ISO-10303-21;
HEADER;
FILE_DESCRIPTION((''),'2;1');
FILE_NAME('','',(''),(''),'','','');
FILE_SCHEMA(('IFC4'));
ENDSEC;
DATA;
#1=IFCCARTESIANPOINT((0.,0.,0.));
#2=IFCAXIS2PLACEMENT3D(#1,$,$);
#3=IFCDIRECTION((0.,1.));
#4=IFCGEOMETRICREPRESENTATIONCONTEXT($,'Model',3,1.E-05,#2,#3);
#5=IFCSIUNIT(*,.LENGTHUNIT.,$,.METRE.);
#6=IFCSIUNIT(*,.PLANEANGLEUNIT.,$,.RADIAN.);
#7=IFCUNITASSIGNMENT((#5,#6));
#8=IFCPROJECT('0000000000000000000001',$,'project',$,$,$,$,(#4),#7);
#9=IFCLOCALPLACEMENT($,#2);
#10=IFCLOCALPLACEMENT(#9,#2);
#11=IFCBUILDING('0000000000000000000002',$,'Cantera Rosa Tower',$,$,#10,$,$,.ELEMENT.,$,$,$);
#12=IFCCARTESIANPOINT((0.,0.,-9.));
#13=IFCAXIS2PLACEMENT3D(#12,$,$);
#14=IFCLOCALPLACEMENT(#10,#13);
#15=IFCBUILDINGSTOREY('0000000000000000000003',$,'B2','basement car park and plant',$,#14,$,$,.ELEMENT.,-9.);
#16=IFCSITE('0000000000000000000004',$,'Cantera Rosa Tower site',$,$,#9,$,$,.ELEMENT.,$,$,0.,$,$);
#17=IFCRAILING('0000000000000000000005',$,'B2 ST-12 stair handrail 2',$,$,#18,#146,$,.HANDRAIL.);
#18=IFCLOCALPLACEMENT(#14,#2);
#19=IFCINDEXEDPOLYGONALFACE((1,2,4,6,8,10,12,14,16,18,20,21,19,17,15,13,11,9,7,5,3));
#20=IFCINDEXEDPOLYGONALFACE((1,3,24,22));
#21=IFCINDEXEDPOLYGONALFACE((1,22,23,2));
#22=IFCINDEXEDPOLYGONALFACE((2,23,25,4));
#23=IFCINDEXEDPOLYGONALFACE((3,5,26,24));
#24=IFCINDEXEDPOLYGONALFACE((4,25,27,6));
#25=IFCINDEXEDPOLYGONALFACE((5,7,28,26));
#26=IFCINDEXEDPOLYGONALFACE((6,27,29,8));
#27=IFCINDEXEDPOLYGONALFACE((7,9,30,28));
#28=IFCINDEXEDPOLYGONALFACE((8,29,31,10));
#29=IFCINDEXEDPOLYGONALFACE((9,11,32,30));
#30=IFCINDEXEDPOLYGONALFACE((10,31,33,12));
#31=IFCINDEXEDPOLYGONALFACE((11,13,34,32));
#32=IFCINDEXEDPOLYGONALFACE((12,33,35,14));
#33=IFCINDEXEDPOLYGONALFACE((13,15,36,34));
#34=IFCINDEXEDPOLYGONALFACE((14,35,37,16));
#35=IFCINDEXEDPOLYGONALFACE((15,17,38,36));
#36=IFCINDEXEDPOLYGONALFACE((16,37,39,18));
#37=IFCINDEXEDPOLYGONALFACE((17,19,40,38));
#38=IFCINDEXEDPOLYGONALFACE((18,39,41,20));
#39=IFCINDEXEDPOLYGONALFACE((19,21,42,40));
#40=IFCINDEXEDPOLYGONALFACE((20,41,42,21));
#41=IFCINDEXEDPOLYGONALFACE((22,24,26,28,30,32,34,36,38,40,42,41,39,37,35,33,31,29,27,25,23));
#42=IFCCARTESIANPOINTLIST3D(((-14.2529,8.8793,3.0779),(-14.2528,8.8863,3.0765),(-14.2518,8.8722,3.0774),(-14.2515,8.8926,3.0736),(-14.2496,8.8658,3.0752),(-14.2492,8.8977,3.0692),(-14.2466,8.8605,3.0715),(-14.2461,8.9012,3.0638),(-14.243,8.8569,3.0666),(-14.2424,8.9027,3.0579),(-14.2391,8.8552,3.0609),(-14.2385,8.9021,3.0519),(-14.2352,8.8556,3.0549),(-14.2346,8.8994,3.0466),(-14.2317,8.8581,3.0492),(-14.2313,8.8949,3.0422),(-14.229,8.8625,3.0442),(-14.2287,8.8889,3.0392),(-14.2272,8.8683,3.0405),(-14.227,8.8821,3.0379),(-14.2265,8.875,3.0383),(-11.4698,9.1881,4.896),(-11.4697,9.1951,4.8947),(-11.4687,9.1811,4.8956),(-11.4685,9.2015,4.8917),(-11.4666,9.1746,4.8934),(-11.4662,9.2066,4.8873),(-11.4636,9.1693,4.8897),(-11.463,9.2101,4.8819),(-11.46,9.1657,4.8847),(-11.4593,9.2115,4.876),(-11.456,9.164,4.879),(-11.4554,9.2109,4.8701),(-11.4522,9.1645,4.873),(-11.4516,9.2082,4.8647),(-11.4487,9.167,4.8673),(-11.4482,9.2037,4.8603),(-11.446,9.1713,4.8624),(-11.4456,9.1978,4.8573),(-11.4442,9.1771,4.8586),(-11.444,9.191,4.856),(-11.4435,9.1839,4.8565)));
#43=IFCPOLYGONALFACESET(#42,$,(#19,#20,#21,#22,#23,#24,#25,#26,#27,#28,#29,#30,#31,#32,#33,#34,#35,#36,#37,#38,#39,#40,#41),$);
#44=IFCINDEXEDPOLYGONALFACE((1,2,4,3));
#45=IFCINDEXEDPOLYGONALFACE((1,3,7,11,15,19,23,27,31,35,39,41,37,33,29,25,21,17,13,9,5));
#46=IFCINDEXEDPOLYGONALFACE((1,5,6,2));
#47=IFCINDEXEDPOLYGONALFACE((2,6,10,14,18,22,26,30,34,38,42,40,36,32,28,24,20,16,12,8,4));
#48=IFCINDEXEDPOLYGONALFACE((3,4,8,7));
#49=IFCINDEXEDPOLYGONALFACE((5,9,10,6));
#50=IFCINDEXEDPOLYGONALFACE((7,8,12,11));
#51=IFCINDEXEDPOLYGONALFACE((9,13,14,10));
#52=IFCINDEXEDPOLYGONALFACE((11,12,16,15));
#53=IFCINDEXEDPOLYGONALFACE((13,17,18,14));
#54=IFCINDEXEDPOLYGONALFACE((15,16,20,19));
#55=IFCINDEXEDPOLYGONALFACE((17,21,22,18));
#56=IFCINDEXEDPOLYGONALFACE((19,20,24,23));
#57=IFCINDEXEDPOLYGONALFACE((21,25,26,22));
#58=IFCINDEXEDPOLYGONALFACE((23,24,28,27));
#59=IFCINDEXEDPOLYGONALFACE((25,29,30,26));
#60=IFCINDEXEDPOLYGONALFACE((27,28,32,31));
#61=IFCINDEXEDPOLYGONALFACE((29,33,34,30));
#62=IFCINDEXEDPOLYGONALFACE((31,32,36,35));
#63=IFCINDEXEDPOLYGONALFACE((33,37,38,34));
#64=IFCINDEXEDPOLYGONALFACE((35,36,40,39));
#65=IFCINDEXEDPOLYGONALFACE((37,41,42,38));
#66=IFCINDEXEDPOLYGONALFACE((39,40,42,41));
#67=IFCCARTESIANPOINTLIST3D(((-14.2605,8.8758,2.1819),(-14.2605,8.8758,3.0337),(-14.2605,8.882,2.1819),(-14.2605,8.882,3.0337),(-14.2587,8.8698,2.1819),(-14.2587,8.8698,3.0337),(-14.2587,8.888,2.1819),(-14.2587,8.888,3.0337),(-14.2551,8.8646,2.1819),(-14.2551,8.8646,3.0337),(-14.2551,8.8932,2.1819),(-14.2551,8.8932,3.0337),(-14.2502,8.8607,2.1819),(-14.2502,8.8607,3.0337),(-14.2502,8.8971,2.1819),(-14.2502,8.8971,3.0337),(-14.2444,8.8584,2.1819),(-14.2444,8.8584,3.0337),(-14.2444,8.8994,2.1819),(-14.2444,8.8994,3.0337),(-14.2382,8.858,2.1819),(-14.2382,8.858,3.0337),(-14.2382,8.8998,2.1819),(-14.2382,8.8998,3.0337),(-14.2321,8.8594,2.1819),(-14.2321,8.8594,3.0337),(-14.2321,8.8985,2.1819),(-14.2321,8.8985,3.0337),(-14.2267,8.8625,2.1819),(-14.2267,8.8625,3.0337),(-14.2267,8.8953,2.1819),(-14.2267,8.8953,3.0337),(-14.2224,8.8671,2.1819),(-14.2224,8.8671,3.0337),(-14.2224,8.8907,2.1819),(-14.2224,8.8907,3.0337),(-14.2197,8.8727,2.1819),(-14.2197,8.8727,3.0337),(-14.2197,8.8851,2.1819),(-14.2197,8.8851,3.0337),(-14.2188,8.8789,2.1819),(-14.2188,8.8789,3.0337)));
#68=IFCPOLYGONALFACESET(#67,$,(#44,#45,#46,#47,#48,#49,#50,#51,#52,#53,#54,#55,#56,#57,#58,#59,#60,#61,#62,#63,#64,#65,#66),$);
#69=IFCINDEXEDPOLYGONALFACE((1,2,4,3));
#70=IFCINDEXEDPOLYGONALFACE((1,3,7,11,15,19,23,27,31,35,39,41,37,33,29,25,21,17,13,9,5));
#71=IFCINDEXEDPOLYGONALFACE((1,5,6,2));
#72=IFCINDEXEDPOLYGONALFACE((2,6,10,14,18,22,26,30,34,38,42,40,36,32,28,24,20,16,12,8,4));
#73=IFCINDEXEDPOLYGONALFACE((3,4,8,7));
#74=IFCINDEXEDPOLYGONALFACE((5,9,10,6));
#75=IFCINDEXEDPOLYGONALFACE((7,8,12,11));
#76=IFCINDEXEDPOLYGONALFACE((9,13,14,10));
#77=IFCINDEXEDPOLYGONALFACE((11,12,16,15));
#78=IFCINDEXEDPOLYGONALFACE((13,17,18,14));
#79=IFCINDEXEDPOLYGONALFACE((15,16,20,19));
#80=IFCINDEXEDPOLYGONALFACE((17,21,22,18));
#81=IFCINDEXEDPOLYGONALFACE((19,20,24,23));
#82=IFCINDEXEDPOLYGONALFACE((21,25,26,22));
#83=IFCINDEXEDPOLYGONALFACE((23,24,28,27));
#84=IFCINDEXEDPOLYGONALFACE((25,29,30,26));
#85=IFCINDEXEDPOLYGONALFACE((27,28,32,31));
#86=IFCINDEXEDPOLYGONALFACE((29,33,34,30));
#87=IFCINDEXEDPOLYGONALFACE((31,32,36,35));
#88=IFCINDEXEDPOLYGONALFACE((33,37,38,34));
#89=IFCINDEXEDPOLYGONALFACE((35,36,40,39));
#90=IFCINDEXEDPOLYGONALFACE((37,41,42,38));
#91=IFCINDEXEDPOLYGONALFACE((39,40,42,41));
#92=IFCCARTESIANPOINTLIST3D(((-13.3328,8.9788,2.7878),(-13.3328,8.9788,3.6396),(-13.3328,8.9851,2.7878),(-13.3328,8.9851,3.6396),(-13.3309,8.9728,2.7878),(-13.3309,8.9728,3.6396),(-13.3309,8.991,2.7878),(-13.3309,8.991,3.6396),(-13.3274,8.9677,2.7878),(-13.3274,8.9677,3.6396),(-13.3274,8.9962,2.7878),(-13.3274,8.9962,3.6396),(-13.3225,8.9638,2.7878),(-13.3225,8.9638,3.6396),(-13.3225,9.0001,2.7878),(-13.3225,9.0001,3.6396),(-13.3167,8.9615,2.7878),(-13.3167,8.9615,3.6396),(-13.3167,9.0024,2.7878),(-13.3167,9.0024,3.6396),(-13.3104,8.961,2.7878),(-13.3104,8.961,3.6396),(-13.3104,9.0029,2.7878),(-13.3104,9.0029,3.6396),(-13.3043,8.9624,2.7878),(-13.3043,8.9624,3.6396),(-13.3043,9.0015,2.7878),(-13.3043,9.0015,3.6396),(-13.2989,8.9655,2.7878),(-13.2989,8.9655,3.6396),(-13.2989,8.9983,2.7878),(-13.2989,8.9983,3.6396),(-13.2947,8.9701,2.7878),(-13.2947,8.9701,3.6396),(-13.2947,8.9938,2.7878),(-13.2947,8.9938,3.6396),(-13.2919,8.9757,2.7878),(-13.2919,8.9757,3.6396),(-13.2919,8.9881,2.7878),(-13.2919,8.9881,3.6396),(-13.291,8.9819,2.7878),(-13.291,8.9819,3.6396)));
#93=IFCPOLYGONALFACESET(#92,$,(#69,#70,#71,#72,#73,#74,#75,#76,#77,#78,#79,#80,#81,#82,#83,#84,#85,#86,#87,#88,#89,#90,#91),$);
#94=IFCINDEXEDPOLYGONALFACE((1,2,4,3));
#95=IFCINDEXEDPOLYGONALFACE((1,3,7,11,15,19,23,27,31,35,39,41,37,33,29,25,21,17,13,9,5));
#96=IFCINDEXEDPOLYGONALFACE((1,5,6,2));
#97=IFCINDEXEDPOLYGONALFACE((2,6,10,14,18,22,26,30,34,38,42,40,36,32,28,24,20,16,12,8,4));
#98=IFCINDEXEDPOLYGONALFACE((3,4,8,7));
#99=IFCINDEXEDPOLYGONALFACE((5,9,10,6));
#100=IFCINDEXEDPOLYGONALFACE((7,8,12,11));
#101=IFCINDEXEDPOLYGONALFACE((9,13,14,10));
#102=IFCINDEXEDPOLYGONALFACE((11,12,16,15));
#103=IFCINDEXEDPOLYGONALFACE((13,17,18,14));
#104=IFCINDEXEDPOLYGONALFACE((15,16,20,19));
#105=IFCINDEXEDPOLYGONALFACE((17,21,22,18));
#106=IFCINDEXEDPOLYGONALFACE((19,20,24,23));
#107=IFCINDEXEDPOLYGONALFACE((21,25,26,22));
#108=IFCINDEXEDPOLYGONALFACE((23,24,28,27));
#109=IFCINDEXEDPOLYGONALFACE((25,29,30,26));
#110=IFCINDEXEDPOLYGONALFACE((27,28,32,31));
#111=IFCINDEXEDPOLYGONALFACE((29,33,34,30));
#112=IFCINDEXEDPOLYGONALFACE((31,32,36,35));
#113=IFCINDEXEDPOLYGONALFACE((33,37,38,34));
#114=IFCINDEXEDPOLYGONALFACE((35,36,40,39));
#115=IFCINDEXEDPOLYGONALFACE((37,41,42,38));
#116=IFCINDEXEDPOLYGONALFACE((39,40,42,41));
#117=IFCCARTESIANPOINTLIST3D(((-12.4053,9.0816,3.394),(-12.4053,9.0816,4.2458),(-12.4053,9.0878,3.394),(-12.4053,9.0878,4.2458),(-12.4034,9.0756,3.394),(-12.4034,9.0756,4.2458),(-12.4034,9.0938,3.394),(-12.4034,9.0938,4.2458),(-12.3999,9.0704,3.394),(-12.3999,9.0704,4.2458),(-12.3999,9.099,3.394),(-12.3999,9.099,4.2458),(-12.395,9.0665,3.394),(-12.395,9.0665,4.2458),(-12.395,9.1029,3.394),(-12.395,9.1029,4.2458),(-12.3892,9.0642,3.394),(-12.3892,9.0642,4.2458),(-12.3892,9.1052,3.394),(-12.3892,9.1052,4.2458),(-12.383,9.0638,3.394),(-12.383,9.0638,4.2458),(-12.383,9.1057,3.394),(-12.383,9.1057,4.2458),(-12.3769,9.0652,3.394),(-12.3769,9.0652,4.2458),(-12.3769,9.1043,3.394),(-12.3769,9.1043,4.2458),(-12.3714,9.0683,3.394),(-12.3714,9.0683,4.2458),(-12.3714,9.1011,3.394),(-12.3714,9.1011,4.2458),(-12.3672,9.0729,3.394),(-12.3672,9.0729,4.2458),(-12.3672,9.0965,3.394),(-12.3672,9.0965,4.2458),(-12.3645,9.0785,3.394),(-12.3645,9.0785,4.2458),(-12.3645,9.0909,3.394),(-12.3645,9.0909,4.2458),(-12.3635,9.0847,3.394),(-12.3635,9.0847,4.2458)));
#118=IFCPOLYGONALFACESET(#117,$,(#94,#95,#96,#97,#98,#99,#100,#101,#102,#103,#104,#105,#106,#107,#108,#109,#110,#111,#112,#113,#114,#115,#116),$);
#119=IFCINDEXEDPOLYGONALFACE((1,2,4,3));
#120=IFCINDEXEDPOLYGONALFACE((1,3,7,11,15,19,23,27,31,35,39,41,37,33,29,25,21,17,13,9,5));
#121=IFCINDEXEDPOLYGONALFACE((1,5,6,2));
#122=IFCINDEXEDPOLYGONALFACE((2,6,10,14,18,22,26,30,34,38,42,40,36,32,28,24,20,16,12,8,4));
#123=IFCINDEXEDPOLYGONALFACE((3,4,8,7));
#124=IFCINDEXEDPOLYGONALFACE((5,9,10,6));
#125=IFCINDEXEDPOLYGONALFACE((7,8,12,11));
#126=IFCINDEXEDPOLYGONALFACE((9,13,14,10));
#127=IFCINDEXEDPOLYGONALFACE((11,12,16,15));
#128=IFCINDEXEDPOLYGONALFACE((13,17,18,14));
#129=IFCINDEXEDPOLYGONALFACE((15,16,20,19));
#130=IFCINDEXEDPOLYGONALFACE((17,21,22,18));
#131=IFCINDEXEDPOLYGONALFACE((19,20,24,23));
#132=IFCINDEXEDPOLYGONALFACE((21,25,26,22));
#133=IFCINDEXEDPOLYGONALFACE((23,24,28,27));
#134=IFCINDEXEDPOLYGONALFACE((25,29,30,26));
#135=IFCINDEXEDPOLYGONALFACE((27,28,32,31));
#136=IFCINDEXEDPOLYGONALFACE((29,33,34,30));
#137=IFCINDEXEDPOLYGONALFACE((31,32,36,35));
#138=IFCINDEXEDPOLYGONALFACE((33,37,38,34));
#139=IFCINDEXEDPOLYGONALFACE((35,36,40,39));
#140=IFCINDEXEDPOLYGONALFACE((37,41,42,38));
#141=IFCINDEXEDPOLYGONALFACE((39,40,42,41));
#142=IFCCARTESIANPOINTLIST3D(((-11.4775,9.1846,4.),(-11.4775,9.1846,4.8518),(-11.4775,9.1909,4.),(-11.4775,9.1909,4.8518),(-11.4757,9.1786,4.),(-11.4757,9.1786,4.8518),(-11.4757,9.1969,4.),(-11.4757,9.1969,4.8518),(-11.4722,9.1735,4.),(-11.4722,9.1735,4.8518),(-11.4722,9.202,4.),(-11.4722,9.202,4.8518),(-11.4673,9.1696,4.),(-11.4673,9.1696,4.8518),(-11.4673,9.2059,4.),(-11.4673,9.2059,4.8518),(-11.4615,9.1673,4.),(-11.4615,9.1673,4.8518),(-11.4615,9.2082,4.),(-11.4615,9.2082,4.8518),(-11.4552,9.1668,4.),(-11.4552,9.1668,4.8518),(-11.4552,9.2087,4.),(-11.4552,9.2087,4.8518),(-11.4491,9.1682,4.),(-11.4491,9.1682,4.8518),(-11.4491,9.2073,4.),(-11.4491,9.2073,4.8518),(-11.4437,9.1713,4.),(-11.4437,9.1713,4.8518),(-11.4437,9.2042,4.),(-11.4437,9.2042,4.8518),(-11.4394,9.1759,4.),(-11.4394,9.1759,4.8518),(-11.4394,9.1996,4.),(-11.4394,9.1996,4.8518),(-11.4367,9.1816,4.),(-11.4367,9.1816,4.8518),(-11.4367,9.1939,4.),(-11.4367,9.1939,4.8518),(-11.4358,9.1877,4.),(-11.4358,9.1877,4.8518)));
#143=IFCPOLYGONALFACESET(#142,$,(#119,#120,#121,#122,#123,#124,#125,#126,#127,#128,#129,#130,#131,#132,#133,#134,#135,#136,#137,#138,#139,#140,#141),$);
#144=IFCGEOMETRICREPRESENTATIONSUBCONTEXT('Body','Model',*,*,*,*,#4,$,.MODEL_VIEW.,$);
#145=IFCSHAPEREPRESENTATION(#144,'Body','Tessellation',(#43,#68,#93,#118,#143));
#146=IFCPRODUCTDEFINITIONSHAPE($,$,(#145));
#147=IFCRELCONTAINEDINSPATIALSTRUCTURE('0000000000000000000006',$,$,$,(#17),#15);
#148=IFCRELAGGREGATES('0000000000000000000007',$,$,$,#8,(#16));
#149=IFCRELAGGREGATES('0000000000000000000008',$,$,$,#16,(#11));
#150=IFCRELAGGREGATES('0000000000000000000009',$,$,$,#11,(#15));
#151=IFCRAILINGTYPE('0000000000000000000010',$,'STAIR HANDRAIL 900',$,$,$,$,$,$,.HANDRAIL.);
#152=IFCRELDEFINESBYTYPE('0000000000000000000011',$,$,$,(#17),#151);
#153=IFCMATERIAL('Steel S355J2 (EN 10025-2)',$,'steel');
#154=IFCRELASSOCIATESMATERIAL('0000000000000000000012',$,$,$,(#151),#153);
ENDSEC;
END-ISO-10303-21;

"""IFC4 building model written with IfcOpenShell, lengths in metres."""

from ifc_helpers import new_model, si_unit, direction, frame, origin, origin_2d, place, context, subcontext, project, spatial, circle, extrude, material, type_object, element, save


model = new_model("IFC4")

# Units and contexts
model_context = context("Model", 3, precision=1e-05, world=origin(), true_north=direction((0.0, 1.0)))
body_context = subcontext(model_context, "Body", "Model", "MODEL_VIEW")
ifc_project = project(units=[si_unit("LENGTHUNIT", "METRE"), si_unit("PLANEANGLEUNIT", "RADIAN")], contexts=[model_context])

# Site, building, storey
site_placement = place(None, origin())
site = spatial("IfcSite", under=ifc_project, at=site_placement, Name="Cantera Rosa Tower site", CompositionType="ELEMENT", RefElevation=0.0)
building_placement = place(site_placement, origin())
building = spatial("IfcBuilding", under=site, at=building_placement, Name="Cantera Rosa Tower", CompositionType="ELEMENT")
storey_placement = place(building_placement, frame((0.0, 0.0, -9.0)))
storey = spatial("IfcBuildingStorey", under=building, at=storey_placement, Name="B2", Description="basement car park and plant", CompositionType="ELEMENT", Elevation=-9.0)

# Railing
ifc_material_1 = material(Name="Steel S355J2 (EN 10025-2)", Category="steel")
railing_type_1 = type_object("IfcRailingType", Name="STAIR HANDRAIL 900", PredefinedType="HANDRAIL", material=ifc_material_1)
railing_1_placement = place(storey_placement, frame((-14.2397, 8.8789, 2.1819)))
element("IfcRailing", 1, at=railing_1_placement, inside=storey, type_object=railing_type_1, Name="B2 ST-12 stair handrail 2", PredefinedType="HANDRAIL", context=body_context, shape_type="SweptSolid", body=[
    extrude(circle(Radius=0.0239, at=origin_2d()), frame((0.0, 0.0, 0.876), z_axis=(0.833588, 0.092507, 0.544586), x_axis=(-0.110298, 0.993899, 0.0)), (0.0, 0.0, 1.0), 3.3386),
    extrude(circle(Radius=0.021, at=origin_2d()), origin(), (0.0, 0.0, 1.0), 0.8518),
    extrude(circle(Radius=0.021, at=origin_2d()), frame((0.9277, 0.103, 0.606)), (0.0, 0.0, 1.0), 0.8518),
    extrude(circle(Radius=0.021, at=origin_2d()), frame((1.8552, 0.2058, 1.2122)), (0.0, 0.0, 1.0), 0.8518),
    extrude(circle(Radius=0.021, at=origin_2d()), frame((2.783, 0.3088, 1.8181)), (0.0, 0.0, 1.0), 0.8518),
])

save(model, "model.ifc")
